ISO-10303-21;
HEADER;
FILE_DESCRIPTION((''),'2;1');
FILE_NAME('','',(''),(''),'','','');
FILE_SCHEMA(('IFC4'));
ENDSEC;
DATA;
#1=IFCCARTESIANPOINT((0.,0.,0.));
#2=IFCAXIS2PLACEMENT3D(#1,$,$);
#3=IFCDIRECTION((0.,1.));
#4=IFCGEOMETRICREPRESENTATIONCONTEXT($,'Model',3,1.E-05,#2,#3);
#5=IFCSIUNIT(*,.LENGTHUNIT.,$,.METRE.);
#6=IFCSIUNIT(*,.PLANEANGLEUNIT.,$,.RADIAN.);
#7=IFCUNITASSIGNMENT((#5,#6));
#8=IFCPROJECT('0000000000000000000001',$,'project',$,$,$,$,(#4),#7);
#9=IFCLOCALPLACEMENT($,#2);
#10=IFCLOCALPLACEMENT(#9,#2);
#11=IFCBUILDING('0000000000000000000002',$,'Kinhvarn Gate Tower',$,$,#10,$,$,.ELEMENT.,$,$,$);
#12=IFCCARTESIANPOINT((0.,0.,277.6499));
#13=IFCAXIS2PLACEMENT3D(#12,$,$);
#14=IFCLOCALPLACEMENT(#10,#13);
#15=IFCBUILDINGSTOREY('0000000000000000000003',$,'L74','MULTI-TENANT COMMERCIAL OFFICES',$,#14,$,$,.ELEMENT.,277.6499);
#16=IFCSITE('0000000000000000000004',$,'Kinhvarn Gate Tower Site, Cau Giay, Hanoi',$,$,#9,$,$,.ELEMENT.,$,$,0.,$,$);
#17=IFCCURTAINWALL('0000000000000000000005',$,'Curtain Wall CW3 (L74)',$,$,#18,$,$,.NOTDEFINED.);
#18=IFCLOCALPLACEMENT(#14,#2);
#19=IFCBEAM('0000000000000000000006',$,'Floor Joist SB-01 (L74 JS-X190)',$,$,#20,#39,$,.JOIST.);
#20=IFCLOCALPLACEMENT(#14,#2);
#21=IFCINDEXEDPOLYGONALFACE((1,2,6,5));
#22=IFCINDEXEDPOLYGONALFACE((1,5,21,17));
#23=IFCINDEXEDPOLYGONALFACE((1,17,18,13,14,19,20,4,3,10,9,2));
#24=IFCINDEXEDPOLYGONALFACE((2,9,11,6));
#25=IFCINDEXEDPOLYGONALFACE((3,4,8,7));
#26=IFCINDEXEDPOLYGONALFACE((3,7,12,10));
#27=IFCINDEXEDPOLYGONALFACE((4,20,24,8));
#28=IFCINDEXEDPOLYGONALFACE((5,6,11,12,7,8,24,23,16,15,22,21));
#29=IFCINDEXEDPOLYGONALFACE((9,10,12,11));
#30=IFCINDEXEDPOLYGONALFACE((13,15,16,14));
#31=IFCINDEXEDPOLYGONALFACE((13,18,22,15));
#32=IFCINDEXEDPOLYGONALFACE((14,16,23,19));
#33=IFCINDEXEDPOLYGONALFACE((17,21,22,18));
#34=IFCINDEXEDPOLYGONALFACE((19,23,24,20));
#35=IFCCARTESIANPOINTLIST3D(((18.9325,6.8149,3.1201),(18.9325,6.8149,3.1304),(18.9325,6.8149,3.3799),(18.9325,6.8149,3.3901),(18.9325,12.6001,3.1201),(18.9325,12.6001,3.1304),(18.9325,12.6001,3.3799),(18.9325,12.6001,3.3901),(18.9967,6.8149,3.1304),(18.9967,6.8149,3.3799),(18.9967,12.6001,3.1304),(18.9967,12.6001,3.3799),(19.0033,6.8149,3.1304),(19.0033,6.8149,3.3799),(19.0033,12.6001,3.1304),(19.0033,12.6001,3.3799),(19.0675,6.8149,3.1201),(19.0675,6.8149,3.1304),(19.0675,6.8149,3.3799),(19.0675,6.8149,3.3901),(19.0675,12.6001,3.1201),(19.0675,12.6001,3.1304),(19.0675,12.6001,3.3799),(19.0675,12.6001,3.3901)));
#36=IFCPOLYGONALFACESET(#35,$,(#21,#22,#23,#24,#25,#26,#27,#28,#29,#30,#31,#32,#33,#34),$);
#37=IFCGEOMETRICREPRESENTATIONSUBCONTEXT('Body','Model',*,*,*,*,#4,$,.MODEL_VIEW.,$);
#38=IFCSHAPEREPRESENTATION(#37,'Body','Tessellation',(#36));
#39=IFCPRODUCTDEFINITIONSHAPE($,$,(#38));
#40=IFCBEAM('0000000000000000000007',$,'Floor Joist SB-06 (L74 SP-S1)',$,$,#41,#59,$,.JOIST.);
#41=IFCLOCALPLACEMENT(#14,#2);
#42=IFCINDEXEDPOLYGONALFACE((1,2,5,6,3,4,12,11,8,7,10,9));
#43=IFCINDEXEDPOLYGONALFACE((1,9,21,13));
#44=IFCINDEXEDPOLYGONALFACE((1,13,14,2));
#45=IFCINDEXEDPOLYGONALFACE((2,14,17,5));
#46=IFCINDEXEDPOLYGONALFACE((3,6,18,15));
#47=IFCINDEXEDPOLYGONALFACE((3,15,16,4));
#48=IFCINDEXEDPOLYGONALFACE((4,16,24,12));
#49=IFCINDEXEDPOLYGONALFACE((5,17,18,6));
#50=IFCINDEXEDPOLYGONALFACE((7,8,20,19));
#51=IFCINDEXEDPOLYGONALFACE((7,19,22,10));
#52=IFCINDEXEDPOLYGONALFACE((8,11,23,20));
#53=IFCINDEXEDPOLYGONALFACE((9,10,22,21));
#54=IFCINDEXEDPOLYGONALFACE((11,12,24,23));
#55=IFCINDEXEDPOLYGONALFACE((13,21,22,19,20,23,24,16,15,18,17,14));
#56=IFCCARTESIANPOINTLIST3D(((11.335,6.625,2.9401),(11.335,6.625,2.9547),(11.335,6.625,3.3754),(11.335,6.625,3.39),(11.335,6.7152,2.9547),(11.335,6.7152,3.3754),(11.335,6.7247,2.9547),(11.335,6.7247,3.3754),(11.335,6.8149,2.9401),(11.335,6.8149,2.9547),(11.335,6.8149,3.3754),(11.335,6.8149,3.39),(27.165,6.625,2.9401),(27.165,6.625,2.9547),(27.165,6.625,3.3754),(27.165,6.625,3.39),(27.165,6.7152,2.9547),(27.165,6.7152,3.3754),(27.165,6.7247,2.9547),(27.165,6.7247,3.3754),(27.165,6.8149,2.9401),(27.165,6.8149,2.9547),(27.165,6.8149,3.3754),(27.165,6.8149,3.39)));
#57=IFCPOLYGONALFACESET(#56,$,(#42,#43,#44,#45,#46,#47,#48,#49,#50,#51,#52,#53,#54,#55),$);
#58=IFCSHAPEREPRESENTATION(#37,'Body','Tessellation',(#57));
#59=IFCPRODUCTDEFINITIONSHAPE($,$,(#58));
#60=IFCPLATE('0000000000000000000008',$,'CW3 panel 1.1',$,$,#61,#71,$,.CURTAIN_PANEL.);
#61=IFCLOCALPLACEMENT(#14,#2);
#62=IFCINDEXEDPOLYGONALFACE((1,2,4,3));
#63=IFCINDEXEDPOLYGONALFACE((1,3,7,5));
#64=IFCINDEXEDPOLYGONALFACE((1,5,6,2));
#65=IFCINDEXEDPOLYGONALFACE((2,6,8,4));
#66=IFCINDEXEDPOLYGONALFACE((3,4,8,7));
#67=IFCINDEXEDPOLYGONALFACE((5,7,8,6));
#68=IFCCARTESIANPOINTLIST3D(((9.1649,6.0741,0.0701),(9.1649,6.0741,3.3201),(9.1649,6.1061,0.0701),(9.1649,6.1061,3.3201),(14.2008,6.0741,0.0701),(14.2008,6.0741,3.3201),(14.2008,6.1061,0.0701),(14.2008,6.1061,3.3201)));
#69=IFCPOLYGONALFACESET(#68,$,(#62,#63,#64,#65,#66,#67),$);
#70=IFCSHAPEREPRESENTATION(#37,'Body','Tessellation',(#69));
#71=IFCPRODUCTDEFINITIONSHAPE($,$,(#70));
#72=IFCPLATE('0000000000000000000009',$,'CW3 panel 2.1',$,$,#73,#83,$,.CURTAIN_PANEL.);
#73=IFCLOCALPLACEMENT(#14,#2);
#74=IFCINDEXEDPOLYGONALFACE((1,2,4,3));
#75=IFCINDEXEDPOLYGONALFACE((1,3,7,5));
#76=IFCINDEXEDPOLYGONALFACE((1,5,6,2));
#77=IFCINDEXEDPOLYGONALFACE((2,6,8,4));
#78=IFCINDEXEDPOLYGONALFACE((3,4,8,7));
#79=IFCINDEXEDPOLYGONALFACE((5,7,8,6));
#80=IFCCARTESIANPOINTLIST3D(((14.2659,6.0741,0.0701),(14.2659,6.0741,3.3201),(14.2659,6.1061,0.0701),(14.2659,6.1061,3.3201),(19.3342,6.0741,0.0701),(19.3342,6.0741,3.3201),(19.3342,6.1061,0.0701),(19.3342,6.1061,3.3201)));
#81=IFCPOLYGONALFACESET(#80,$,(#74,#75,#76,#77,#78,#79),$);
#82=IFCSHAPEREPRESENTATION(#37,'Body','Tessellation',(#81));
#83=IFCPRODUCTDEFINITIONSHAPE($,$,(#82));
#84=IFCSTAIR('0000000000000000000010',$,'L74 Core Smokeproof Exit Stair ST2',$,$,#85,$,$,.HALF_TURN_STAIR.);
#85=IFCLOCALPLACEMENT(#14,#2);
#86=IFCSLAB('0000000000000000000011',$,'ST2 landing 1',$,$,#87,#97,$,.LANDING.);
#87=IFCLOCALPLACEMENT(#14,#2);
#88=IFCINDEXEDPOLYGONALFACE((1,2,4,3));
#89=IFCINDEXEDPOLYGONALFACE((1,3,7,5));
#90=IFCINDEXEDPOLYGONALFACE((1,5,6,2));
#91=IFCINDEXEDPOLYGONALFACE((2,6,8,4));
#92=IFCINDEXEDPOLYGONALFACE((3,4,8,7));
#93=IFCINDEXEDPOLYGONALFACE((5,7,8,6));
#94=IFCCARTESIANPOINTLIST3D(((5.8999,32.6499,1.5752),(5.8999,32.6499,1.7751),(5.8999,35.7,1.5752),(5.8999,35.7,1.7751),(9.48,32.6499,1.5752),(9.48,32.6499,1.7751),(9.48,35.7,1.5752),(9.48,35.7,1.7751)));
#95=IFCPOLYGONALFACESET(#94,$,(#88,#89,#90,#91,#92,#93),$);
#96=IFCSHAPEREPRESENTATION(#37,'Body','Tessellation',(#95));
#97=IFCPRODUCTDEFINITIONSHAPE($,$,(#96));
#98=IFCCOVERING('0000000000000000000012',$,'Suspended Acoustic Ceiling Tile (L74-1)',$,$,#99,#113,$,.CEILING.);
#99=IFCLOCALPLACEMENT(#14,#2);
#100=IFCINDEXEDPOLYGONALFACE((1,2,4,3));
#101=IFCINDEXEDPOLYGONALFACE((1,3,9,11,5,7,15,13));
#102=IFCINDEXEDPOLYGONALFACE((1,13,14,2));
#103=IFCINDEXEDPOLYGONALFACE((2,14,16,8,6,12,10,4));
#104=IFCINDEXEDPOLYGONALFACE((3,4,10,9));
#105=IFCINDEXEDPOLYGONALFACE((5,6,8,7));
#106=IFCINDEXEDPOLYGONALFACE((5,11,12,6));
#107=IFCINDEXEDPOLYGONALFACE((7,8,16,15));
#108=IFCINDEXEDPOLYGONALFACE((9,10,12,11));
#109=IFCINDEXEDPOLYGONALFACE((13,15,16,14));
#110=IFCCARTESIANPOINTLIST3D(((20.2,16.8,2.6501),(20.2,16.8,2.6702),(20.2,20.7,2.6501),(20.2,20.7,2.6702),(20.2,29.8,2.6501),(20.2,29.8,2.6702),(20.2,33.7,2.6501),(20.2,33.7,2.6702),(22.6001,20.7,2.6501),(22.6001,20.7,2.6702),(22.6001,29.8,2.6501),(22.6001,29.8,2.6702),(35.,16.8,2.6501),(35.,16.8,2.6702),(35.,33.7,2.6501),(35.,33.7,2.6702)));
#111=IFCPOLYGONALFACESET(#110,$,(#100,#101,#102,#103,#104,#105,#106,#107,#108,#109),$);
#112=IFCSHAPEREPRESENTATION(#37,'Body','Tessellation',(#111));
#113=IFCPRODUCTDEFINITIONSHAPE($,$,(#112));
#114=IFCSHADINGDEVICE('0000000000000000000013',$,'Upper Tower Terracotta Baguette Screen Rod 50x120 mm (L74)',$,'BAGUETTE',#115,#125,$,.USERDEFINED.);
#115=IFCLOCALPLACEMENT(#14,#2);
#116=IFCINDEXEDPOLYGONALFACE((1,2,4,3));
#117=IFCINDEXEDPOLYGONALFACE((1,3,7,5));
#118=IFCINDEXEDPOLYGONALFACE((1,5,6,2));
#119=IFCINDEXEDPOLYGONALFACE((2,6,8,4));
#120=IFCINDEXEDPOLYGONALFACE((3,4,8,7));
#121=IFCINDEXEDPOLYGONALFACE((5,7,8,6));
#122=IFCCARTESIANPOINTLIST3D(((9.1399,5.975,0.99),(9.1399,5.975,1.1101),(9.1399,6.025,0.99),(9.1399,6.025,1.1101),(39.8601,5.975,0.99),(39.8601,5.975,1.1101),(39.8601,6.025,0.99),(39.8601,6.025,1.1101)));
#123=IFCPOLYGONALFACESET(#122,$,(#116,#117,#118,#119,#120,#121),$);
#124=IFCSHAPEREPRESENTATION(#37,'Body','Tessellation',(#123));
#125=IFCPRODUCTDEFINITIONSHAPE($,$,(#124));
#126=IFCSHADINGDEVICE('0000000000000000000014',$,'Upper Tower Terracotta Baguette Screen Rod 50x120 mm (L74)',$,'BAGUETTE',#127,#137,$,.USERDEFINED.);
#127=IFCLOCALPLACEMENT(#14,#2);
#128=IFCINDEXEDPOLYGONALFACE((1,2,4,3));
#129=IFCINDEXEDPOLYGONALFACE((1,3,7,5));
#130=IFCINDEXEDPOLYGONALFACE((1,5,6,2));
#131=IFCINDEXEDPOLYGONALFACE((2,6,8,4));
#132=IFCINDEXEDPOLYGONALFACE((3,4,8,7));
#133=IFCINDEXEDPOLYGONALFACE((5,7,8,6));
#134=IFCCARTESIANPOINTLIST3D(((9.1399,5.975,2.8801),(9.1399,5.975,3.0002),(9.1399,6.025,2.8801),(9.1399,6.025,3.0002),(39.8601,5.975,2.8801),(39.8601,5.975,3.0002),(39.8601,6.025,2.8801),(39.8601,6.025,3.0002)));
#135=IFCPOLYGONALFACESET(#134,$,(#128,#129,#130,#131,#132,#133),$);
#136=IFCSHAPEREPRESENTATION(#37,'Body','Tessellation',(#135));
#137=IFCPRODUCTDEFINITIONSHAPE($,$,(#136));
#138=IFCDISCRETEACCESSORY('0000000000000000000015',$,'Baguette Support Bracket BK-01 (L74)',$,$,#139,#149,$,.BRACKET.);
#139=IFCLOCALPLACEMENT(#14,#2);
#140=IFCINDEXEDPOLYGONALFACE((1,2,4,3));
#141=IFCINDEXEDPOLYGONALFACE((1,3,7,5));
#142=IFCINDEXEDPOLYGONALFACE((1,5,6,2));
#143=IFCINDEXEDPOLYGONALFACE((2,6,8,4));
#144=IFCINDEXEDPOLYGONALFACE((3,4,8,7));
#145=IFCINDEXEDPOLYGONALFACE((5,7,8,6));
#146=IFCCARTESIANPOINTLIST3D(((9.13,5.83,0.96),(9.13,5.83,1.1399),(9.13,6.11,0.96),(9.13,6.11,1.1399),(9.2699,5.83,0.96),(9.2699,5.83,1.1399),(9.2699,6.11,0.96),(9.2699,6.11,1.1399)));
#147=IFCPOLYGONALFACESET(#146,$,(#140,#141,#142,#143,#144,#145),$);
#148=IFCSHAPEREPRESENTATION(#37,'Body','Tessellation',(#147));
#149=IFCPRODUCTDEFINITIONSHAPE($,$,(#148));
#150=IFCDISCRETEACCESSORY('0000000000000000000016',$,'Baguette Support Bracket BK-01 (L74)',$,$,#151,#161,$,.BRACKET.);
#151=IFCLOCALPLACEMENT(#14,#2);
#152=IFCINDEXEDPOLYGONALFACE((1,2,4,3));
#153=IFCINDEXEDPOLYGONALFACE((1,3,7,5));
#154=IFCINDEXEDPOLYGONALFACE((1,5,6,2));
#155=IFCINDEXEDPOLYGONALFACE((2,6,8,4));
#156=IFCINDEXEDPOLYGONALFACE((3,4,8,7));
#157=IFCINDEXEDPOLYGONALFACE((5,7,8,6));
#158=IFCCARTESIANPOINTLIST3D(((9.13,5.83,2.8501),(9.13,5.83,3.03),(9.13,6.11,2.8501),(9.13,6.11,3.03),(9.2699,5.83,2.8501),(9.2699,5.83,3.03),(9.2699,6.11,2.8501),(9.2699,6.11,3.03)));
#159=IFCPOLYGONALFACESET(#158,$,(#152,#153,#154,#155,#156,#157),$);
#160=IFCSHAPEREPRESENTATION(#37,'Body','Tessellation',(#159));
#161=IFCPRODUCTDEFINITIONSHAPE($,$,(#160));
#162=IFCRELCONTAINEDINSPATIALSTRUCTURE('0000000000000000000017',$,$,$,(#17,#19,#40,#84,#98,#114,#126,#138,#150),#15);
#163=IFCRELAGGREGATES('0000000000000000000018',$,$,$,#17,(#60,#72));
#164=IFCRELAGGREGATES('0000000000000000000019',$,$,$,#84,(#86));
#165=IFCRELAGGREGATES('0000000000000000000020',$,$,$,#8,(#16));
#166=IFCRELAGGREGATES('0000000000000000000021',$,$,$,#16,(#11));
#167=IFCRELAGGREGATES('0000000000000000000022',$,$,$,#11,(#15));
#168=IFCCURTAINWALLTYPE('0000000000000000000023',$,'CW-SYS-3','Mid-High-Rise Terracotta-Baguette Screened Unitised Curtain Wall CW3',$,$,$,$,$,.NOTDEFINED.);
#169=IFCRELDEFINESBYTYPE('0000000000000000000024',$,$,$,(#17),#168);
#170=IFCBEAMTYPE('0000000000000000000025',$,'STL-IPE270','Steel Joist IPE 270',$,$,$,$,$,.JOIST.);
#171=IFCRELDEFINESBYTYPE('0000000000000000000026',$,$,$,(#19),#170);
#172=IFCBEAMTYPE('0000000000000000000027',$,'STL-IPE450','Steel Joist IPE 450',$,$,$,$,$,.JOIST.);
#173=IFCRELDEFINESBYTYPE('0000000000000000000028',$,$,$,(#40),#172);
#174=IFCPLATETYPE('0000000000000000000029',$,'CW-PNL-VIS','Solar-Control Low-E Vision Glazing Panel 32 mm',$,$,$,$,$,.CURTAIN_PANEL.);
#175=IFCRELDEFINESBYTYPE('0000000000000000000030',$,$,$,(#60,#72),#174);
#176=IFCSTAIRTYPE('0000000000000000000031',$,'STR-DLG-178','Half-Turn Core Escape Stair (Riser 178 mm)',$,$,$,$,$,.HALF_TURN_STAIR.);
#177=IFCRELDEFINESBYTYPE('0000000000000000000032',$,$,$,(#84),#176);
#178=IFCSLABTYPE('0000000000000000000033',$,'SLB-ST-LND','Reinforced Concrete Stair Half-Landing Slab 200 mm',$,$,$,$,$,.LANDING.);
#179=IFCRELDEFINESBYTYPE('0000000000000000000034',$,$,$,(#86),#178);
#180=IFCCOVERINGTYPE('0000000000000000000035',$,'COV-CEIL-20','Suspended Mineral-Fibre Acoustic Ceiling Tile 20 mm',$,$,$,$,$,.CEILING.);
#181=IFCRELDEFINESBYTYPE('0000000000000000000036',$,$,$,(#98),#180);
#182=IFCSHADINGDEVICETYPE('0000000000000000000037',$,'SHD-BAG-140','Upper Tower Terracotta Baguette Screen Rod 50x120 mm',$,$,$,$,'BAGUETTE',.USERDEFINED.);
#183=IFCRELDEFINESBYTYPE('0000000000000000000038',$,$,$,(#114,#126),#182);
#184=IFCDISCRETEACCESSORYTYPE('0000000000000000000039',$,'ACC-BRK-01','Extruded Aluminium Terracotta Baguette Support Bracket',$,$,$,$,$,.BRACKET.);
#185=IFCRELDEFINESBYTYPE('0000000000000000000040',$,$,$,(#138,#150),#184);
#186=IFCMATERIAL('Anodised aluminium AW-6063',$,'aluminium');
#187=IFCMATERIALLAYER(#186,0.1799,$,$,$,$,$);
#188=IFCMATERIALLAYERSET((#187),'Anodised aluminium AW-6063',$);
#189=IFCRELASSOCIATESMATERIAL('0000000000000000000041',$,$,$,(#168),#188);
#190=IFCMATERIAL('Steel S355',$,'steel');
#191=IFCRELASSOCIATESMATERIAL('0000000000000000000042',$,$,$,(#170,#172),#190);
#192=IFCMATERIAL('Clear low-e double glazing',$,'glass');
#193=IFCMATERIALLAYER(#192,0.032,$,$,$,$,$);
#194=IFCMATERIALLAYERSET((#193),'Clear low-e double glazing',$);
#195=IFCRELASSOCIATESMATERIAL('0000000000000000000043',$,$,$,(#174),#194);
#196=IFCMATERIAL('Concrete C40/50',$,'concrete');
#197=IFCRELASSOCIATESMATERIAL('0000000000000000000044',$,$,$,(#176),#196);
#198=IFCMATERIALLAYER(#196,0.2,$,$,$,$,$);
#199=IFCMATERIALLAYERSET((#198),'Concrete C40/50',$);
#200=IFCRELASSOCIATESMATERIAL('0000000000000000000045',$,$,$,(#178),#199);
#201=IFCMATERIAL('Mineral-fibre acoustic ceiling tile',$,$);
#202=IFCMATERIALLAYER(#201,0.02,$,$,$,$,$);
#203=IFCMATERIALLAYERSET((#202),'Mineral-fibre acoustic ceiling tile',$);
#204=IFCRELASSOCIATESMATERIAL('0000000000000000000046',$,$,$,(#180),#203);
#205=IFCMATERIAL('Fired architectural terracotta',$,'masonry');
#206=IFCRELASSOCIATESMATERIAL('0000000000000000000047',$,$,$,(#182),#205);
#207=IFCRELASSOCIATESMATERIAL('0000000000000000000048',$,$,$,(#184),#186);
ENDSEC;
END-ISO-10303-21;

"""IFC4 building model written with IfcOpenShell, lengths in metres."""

from ifc_helpers import new_model, si_unit, direction, frame, origin, origin_2d, place, context, subcontext, project, spatial, polyline, rectangle, i_section, outline, extrude, material, layer, layer_set, material_profile, profile_set, type_object, element, aggregate, save


model = new_model("IFC4")

# Units and contexts
model_context = context("Model", 3, precision=1e-05, world=origin(), true_north=direction((0.0, 1.0)))
body_context = subcontext(model_context, "Body", "Model", "MODEL_VIEW")
ifc_project = project(units=[si_unit("LENGTHUNIT", "METRE"), si_unit("PLANEANGLEUNIT", "RADIAN")], contexts=[model_context])

# Site, building, storey
site_placement = place(None, origin())
site = spatial("IfcSite", under=ifc_project, at=site_placement, Name="Kinhvarn Gate Tower Site, Cau Giay, Hanoi", CompositionType="ELEMENT", RefElevation=0.0)
building_placement = place(site_placement, origin())
building = spatial("IfcBuilding", under=site, at=building_placement, Name="Kinhvarn Gate Tower", CompositionType="ELEMENT")
storey_placement = place(building_placement, frame((0.0, 0.0, 277.6499)))
storey = spatial("IfcBuildingStorey", under=building, at=storey_placement, Name="L74", Description="MULTI-TENANT COMMERCIAL OFFICES", CompositionType="ELEMENT", Elevation=277.6499)

# Curtain wall
ifc_material_1 = material(Name="Anodised aluminium AW-6063", Category="aluminium")
ifc_layer_1 = layer(ifc_material_1, 0.1799)
ifc_layer_set_1 = layer_set([ifc_layer_1], Name="Anodised aluminium AW-6063")
curtain_wall_type = type_object("IfcCurtainWallType", Name="CW-SYS-3", Description="Mid-High-Rise Terracotta-Baguette Screened Unitised Curtain Wall CW3", PredefinedType="NOTDEFINED", material=ifc_layer_set_1)
curtain_wall_placement = place(storey_placement, origin())
curtain_wall = element("IfcCurtainWall", 1, at=curtain_wall_placement, inside=storey, type_object=curtain_wall_type, Name="Curtain Wall CW3 (L74)", PredefinedType="NOTDEFINED")

# Beams
ifc_material_2 = material(Name="Steel S355", Category="steel")
ifc_material_profile_1 = material_profile(ifc_material_2, i_section(OverallWidth=0.135, OverallDepth=0.27, WebThickness=0.0066, FlangeThickness=0.0103, at=origin_2d()), Name="IPE 270")
ifc_profile_set_1 = profile_set([ifc_material_profile_1], Name="Steel S355")
beam_type_1 = type_object("IfcBeamType", Name="STL-IPE270", Description="Steel Joist IPE 270", PredefinedType="JOIST", material=ifc_profile_set_1)
for number, where, z_axis, x_axis, name in (
    (2, (19.0, 6.8149, 3.2551), (0.0, 1.0, 0.0), (-1.0, 0.0, 0.0), "Floor Joist SB-01 (L74 JS-X190)"),
):
    element("IfcBeam", number, at=place(storey_placement, frame(where, z_axis=z_axis, x_axis=x_axis)), inside=storey, type_object=beam_type_1, Name=name, PredefinedType="JOIST", context=body_context, shape_type="SweptSolid", body=[
        extrude(i_section(OverallWidth=0.135, OverallDepth=0.27, WebThickness=0.0066, FlangeThickness=0.0103, at=origin_2d()), origin(), (0.0, 0.0, 1.0), 5.7852),
    ])
ifc_material_profile_2 = material_profile(ifc_material_2, i_section(OverallWidth=0.1899, OverallDepth=0.45, WebThickness=0.0095, FlangeThickness=0.0146, at=origin_2d()), Name="IPE 450")
ifc_profile_set_2 = profile_set([ifc_material_profile_2], Name="Steel S355")
beam_type_2 = type_object("IfcBeamType", Name="STL-IPE450", Description="Steel Joist IPE 450", PredefinedType="JOIST", material=ifc_profile_set_2)
beam_1_placement = place(storey_placement, frame((11.335, 6.72, 3.165), z_axis=(1.0, 0.0, 0.0), x_axis=(0.0, 1.0, 0.0)))
element("IfcBeam", 3, at=beam_1_placement, inside=storey, type_object=beam_type_2, Name="Floor Joist SB-06 (L74 SP-S1)", PredefinedType="JOIST", context=body_context, shape_type="SweptSolid", body=[
    extrude(i_section(OverallWidth=0.1899, OverallDepth=0.45, WebThickness=0.0095, FlangeThickness=0.0146, at=origin_2d()), origin(), (0.0, 0.0, 1.0), 15.8301),
])

# Plates
ifc_material_3 = material(Name="Clear low-e double glazing", Category="glass")
ifc_layer_2 = layer(ifc_material_3, 0.032)
ifc_layer_set_2 = layer_set([ifc_layer_2], Name="Clear low-e double glazing")
plate_type = type_object("IfcPlateType", Name="CW-PNL-VIS", Description="Solar-Control Low-E Vision Glazing Panel 32 mm", PredefinedType="CURTAIN_PANEL", material=ifc_layer_set_2)
plate_1_placement = place(storey_placement, frame((11.6829, 6.0901, 0.0701), z_axis=(0.0, 0.0, 1.0), x_axis=(1.0, 0.0, 0.0)))
plate_1 = element("IfcPlate", 4, at=plate_1_placement, type_object=plate_type, Name="CW3 panel 1.1", PredefinedType="CURTAIN_PANEL", context=body_context, shape_type="SweptSolid", body=[
    extrude(rectangle(XDim=5.0359, YDim=0.032, at=origin_2d()), origin(), (0.0, 0.0, 1.0), 3.25),
])
plate_2_placement = place(storey_placement, frame((16.8, 6.0901, 0.0701), z_axis=(0.0, 0.0, 1.0), x_axis=(1.0, 0.0, 0.0)))
plate_2 = element("IfcPlate", 5, at=plate_2_placement, type_object=plate_type, Name="CW3 panel 2.1", PredefinedType="CURTAIN_PANEL", context=body_context, shape_type="SweptSolid", body=[
    extrude(rectangle(XDim=5.0684, YDim=0.032, at=origin_2d()), origin(), (0.0, 0.0, 1.0), 3.25),
])
aggregate(curtain_wall, [plate_1, plate_2])

# Stair, slab
ifc_material_4 = material(Name="Concrete C40/50", Category="concrete")
stair_type = type_object("IfcStairType", Name="STR-DLG-178", Description="Half-Turn Core Escape Stair (Riser 178 mm)", PredefinedType="HALF_TURN_STAIR", material=ifc_material_4)
stair_placement = place(storey_placement, origin())
stair = element("IfcStair", 6, at=stair_placement, inside=storey, type_object=stair_type, Name="L74 Core Smokeproof Exit Stair ST2", PredefinedType="HALF_TURN_STAIR")
ifc_layer_3 = layer(ifc_material_4, 0.2)
ifc_layer_set_3 = layer_set([ifc_layer_3], Name="Concrete C40/50")
slab_type = type_object("IfcSlabType", Name="SLB-ST-LND", Description="Reinforced Concrete Stair Half-Landing Slab 200 mm", PredefinedType="LANDING", material=ifc_layer_set_3)
slab_placement = place(storey_placement, frame((0.0, 0.0, 1.5752)))
slab = element("IfcSlab", 7, at=slab_placement, type_object=slab_type, Name="ST2 landing 1", PredefinedType="LANDING", context=body_context, shape_type="SweptSolid", body=[
    extrude(outline(polyline([(9.48, 35.7), (5.8999, 35.7), (5.8999, 32.6499), (9.48, 32.6499), (9.48, 35.7)])), origin(), (0.0, 0.0, 1.0), 0.2),
])
aggregate(stair, [slab])

# Covering
ifc_material_5 = material(Name="Mineral-fibre acoustic ceiling tile")
ifc_layer_4 = layer(ifc_material_5, 0.02)
ifc_layer_set_4 = layer_set([ifc_layer_4], Name="Mineral-fibre acoustic ceiling tile")
covering_type = type_object("IfcCoveringType", Name="COV-CEIL-20", Description="Suspended Mineral-Fibre Acoustic Ceiling Tile 20 mm", PredefinedType="CEILING", material=ifc_layer_set_4)
covering_placement = place(storey_placement, frame((0.0, 0.0, 2.6501)))
element("IfcCovering", 8, at=covering_placement, inside=storey, type_object=covering_type, Name="Suspended Acoustic Ceiling Tile (L74-1)", PredefinedType="CEILING", context=body_context, shape_type="SweptSolid", body=[
    extrude(outline(polyline([(35.0, 33.7), (35.0, 16.8), (20.2, 16.8), (20.2, 20.7), (22.6001, 20.7), (22.6001, 29.8), (20.2, 29.8), (20.2, 33.7), (35.0, 33.7)])), origin(), (0.0, 0.0, 1.0), 0.02),
])

# Shading devices
ifc_material_6 = material(Name="Fired architectural terracotta", Category="masonry")
ifc_material_profile_3 = material_profile(ifc_material_6, rectangle(XDim=0.05, YDim=0.1201, at=origin_2d()), Name="TC 50x120")
ifc_profile_set_3 = profile_set([ifc_material_profile_3], Name="Fired architectural terracotta")
shading_device_type = type_object("IfcShadingDeviceType", Name="SHD-BAG-140", Description="Upper Tower Terracotta Baguette Screen Rod 50x120 mm", ElementType="BAGUETTE", PredefinedType="USERDEFINED", material=ifc_profile_set_3)
for number, where, z_axis, x_axis, name in (
    (9, (9.1399, 6.0, 1.05), (1.0, 0.0, 0.0), (0.0, 1.0, 0.0), "Upper Tower Terracotta Baguette Screen Rod 50x120 mm (L74)"),
    (10, (9.1399, 6.0, 2.9402), (1.0, 0.0, 0.0), (0.0, 1.0, 0.0), "Upper Tower Terracotta Baguette Screen Rod 50x120 mm (L74)"),
):
    element("IfcShadingDevice", number, at=place(storey_placement, frame(where, z_axis=z_axis, x_axis=x_axis)), inside=storey, type_object=shading_device_type, Name=name, ObjectType="BAGUETTE", PredefinedType="USERDEFINED", context=body_context, shape_type="SweptSolid", body=[
        extrude(rectangle(XDim=0.05, YDim=0.1201, at=origin_2d()), origin(), (0.0, 0.0, 1.0), 30.7202),
    ])

# Discrete accessories
discrete_accessory_type = type_object("IfcDiscreteAccessoryType", Name="ACC-BRK-01", Description="Extruded Aluminium Terracotta Baguette Support Bracket", PredefinedType="BRACKET", material=ifc_material_1)
for number, where, z_axis, x_axis, name in (
    (11, (9.2, 5.97, 0.96), (0.0, 0.0, 1.0), (1.0, 0.0, 0.0), "Baguette Support Bracket BK-01 (L74)"),
    (12, (9.2, 5.97, 2.8501), (0.0, 0.0, 1.0), (1.0, 0.0, 0.0), "Baguette Support Bracket BK-01 (L74)"),
):
    element("IfcDiscreteAccessory", number, at=place(storey_placement, frame(where, z_axis=z_axis, x_axis=x_axis)), inside=storey, type_object=discrete_accessory_type, Name=name, PredefinedType="BRACKET", context=body_context, shape_type="SweptSolid", body=[
        extrude(rectangle(XDim=0.1399, YDim=0.28, at=origin_2d()), origin(), (0.0, 0.0, 1.0), 0.1799),
    ])

save(model, "model.ifc")
